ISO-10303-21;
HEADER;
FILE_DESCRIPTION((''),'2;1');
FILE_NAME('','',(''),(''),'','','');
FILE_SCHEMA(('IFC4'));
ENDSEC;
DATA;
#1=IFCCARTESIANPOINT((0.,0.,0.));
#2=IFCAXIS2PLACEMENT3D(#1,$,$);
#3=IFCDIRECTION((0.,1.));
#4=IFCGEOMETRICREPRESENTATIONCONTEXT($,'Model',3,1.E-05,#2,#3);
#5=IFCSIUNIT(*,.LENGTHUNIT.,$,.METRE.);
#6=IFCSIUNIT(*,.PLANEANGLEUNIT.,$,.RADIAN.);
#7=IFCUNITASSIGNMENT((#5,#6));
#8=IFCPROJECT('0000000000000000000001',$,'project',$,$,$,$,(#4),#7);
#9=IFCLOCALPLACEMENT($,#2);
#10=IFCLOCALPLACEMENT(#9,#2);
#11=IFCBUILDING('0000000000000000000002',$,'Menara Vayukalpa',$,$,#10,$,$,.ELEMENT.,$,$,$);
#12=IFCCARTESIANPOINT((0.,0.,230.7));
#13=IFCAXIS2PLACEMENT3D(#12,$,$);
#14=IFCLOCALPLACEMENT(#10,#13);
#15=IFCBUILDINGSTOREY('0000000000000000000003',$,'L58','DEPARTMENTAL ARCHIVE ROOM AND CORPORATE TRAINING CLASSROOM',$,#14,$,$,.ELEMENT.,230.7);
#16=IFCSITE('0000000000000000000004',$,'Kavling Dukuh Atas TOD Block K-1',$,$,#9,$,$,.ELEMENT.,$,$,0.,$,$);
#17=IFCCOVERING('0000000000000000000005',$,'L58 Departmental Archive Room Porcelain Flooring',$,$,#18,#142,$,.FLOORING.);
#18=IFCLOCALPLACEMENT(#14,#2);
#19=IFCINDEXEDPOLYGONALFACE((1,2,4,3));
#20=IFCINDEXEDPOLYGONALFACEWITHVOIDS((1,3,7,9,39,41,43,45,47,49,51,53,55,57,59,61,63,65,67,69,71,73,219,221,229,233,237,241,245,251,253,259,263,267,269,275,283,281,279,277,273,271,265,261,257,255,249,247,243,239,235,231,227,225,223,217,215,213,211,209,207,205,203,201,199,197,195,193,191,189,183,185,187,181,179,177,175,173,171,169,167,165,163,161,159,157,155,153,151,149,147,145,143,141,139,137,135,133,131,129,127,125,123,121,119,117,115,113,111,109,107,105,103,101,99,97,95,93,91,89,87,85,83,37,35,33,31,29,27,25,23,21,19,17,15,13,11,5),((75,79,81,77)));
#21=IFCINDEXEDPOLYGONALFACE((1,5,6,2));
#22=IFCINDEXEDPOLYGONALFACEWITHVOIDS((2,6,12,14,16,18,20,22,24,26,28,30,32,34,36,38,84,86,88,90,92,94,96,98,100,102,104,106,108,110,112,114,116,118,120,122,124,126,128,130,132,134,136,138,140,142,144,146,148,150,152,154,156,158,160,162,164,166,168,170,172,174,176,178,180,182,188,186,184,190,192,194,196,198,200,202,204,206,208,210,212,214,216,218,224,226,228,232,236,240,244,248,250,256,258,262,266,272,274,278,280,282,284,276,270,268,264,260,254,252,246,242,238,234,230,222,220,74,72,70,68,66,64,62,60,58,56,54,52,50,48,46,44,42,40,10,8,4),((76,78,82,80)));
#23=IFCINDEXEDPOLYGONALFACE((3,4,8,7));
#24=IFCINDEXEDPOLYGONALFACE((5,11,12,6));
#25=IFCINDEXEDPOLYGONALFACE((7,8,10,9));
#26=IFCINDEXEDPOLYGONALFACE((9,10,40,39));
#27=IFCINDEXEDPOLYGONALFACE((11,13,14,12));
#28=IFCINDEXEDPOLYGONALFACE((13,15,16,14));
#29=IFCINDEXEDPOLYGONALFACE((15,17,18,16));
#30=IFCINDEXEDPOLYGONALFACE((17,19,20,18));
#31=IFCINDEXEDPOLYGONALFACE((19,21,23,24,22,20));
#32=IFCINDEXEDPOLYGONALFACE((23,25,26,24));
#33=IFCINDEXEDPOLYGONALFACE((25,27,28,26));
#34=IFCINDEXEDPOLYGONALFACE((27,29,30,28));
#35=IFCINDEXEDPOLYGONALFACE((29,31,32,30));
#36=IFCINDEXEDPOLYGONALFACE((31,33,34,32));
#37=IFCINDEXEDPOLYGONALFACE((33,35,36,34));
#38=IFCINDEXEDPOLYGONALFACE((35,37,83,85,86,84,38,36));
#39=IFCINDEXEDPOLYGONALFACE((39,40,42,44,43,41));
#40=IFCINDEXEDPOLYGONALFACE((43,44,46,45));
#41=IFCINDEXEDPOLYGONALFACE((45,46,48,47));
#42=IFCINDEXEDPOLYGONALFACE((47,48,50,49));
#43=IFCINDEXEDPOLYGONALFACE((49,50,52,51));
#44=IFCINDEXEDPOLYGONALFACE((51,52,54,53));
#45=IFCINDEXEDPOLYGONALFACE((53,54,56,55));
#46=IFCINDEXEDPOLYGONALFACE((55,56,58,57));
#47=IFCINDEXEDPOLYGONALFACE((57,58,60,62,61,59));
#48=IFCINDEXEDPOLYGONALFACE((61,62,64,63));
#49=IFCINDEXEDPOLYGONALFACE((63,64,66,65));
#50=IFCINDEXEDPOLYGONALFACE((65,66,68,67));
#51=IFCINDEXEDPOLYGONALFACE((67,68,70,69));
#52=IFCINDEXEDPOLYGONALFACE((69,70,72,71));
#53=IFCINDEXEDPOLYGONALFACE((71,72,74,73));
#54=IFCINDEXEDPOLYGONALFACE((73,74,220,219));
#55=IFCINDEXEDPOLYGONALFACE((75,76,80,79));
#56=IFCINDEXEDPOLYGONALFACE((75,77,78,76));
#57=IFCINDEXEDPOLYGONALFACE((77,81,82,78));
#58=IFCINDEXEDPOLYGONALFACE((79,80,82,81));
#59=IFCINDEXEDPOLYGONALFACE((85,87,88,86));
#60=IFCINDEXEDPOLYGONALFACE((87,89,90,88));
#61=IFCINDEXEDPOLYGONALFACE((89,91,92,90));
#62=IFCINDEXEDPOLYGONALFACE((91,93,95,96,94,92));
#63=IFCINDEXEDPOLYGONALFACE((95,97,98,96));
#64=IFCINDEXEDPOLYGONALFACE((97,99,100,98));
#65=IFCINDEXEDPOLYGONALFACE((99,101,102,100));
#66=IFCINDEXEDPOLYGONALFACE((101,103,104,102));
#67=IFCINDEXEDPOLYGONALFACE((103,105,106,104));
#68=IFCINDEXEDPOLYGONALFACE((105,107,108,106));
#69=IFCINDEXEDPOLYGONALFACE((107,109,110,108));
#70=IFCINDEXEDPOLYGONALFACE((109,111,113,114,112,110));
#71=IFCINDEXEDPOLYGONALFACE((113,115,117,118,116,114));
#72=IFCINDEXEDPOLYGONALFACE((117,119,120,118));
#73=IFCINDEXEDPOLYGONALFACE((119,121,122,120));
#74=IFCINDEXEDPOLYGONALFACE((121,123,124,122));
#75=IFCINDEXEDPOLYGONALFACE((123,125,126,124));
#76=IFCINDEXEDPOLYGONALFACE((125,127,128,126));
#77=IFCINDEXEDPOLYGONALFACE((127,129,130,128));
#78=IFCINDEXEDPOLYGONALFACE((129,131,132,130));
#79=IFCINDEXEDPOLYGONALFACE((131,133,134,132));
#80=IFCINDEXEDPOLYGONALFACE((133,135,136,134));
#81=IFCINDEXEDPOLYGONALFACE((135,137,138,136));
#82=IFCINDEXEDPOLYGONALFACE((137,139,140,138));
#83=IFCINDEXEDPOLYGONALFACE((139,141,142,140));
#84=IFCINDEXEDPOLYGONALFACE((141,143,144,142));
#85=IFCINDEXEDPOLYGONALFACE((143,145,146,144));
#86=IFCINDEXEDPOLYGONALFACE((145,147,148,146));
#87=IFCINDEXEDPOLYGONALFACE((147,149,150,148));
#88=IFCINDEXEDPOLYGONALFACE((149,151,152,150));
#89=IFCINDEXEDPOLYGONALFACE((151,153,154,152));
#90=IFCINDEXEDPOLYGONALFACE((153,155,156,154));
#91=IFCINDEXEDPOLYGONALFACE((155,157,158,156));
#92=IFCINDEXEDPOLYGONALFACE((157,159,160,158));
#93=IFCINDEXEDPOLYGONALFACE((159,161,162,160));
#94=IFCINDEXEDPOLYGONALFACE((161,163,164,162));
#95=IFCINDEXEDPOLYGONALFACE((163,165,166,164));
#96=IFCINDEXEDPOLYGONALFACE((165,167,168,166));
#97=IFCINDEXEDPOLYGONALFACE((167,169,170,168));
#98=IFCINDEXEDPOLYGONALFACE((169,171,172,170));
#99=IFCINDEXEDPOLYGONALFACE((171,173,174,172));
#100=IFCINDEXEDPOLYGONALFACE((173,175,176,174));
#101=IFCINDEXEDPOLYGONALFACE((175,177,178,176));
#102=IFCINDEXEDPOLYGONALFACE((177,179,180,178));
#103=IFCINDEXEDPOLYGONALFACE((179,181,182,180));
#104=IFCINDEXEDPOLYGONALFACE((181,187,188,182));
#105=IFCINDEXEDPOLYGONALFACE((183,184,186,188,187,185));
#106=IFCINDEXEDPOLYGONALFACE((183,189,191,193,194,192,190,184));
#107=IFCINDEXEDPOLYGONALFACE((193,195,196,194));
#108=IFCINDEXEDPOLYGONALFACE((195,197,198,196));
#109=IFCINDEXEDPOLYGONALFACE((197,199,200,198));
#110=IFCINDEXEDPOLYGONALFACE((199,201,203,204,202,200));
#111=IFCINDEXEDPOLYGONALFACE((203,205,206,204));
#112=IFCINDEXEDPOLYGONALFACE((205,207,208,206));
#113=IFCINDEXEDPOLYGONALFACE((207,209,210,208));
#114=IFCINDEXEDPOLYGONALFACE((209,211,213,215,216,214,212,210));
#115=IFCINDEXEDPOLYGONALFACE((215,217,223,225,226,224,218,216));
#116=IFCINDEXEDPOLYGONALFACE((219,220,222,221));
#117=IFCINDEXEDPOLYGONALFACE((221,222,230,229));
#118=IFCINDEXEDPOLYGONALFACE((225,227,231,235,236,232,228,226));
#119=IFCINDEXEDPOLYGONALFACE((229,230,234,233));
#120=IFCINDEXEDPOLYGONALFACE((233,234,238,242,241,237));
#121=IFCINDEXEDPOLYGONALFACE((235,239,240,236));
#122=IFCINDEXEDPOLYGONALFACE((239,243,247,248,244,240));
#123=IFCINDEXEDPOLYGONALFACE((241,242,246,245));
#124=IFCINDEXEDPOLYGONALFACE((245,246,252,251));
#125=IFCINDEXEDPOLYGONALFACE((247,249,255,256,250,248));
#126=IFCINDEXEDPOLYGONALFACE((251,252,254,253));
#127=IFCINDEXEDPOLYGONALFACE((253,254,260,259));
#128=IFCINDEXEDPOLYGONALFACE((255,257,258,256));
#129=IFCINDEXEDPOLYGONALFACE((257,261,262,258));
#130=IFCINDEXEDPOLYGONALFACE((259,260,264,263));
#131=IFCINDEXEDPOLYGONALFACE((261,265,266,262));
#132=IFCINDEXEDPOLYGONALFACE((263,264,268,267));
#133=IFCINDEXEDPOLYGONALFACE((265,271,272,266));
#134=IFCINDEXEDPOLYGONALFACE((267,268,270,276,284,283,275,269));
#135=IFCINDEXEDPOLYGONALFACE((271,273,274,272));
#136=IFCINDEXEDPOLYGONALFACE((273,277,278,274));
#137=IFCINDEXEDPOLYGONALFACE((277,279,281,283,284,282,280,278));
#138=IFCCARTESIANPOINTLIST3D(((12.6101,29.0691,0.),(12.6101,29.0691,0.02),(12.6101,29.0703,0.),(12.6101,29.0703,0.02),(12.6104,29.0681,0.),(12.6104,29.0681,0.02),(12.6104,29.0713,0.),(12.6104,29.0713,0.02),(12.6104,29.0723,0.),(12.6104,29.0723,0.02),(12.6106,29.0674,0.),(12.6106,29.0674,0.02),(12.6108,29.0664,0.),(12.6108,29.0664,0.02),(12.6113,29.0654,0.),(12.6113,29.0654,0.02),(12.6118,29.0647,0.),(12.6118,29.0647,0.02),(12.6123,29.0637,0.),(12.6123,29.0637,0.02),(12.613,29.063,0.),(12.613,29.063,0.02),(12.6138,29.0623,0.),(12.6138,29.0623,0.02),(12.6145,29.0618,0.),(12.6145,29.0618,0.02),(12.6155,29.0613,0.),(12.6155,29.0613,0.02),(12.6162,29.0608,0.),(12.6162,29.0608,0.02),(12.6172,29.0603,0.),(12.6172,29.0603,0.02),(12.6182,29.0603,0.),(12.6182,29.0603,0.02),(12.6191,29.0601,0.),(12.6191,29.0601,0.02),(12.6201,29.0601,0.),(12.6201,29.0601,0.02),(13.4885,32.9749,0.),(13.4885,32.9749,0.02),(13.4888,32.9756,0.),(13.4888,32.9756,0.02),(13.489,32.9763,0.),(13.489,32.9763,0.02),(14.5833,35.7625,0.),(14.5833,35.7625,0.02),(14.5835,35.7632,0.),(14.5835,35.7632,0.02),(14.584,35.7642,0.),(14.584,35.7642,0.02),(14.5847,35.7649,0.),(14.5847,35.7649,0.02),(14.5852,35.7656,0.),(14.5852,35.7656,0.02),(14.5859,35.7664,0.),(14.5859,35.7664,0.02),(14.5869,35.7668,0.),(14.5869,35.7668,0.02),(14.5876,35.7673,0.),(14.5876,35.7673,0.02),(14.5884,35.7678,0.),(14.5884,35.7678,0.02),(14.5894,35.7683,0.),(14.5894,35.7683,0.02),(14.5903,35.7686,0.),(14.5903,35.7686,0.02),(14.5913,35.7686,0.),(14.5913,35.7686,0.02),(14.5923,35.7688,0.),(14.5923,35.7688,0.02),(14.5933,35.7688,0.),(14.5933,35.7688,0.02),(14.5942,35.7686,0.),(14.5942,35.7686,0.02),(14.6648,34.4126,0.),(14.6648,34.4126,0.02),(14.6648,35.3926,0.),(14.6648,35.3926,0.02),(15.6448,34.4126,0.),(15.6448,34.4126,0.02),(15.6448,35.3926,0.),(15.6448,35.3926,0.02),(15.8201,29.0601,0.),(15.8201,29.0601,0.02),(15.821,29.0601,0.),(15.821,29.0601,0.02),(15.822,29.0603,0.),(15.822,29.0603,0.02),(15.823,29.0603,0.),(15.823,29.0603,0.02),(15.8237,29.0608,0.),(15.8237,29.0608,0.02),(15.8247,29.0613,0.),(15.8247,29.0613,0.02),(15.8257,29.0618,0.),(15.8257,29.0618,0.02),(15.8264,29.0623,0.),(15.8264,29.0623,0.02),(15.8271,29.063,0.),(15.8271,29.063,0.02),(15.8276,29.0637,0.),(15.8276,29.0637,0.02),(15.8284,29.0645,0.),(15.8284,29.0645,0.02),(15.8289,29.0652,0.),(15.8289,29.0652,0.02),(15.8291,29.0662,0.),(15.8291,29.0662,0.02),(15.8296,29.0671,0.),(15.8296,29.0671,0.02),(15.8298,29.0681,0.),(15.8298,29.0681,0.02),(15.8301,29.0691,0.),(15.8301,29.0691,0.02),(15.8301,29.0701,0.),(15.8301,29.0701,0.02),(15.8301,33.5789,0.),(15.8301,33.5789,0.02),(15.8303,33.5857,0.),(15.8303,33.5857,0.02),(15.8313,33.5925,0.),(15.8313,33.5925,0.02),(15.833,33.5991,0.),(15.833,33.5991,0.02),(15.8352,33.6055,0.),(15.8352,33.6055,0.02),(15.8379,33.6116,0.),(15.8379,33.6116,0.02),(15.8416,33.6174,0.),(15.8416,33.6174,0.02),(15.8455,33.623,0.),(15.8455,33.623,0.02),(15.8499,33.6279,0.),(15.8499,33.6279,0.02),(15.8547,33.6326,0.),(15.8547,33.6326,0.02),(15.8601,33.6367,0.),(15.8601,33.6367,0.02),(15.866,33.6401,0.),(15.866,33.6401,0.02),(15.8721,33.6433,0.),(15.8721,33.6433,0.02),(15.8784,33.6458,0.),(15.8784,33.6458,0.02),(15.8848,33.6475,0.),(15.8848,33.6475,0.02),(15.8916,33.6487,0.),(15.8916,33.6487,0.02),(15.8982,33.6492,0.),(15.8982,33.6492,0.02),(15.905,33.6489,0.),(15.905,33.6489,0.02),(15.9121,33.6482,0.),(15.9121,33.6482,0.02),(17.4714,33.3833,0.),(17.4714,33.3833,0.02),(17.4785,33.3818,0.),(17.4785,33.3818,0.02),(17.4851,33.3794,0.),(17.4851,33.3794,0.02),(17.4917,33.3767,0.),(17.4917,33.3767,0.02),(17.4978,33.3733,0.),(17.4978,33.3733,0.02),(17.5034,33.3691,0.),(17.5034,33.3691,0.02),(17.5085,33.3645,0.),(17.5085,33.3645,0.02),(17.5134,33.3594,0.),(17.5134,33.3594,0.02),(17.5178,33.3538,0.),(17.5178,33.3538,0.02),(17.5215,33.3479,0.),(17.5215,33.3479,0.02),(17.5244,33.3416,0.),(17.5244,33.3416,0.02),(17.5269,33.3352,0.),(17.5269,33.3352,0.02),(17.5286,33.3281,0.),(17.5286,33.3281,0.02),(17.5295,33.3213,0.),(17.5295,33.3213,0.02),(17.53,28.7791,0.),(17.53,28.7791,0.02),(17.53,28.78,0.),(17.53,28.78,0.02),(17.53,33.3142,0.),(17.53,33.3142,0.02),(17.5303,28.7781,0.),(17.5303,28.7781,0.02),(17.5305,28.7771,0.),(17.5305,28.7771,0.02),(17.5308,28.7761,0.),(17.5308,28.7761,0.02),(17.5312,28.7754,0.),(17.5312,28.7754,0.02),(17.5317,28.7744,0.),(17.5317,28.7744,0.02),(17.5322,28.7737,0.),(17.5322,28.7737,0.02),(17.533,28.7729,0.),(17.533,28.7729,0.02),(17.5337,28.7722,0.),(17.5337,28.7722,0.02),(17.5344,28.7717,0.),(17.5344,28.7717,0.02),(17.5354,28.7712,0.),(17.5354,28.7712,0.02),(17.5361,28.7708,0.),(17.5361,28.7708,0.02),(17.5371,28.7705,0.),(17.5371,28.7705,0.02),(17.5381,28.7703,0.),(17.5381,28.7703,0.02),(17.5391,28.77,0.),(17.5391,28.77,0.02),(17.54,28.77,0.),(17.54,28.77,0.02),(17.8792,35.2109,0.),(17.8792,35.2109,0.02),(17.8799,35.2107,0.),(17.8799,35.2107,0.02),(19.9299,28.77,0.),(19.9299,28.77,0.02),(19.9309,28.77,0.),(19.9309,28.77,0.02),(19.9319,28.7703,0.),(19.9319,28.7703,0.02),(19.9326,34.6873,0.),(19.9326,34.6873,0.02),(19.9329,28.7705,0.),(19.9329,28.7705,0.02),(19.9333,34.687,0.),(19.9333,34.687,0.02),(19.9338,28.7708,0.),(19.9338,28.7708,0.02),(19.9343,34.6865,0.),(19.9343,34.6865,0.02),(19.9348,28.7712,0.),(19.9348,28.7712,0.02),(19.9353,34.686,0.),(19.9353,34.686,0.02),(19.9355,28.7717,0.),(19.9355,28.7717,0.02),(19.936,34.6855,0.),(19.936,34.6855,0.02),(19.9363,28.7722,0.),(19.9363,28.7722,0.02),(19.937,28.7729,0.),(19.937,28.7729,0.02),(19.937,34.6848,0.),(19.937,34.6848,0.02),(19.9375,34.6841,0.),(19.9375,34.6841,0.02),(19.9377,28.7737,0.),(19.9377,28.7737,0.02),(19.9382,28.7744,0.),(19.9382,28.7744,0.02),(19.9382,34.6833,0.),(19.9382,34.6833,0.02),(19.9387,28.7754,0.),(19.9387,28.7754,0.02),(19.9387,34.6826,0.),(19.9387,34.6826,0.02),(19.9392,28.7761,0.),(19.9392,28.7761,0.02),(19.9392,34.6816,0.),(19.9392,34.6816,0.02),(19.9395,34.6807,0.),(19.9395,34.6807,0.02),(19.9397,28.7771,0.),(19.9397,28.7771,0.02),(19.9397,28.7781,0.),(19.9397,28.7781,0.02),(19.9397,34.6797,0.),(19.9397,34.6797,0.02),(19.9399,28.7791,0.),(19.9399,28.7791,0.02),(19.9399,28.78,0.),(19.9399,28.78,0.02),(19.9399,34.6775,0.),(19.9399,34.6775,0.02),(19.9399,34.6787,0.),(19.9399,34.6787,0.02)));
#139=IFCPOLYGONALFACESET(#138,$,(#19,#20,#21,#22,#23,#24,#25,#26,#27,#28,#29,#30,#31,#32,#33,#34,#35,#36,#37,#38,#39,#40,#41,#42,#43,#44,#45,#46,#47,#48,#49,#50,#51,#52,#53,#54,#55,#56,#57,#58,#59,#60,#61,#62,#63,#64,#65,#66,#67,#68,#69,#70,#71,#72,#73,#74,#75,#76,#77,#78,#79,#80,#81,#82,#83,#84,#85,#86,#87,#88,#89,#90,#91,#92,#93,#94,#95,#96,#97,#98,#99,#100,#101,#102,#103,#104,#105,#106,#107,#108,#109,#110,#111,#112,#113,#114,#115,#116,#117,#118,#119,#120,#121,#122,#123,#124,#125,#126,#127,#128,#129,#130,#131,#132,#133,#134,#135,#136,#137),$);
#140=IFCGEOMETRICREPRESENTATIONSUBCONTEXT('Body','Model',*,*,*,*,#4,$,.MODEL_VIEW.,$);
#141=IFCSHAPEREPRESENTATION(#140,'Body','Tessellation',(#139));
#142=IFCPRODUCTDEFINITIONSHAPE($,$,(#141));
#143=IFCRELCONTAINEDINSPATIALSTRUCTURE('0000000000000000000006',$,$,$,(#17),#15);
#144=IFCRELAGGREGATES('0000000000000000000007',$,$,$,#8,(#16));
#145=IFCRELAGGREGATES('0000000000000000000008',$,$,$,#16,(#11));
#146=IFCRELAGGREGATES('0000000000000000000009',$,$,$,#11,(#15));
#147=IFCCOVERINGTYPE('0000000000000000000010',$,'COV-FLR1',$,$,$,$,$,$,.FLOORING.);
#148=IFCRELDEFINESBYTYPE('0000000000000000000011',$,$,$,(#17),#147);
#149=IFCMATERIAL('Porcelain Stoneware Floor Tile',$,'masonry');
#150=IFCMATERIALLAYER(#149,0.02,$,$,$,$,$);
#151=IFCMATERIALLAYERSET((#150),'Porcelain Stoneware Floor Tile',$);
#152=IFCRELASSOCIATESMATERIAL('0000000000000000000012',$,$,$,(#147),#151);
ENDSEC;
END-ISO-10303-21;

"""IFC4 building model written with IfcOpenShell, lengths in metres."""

from ifc_helpers import new_model, si_unit, direction, frame, origin, place, context, subcontext, project, spatial, polyline, outline, extrude, material, layer, layer_set, type_object, element, save


model = new_model("IFC4")

# Units and contexts
model_context = context("Model", 3, precision=1e-05, world=origin(), true_north=direction((0.0, 1.0)))
body_context = subcontext(model_context, "Body", "Model", "MODEL_VIEW")
ifc_project = project(units=[si_unit("LENGTHUNIT", "METRE"), si_unit("PLANEANGLEUNIT", "RADIAN")], contexts=[model_context])

# Site, building, storey
site_placement = place(None, origin())
site = spatial("IfcSite", under=ifc_project, at=site_placement, Name="Kavling Dukuh Atas TOD Block K-1", CompositionType="ELEMENT", RefElevation=0.0)
building_placement = place(site_placement, origin())
building = spatial("IfcBuilding", under=site, at=building_placement, Name="Menara Vayukalpa", CompositionType="ELEMENT")
storey_placement = place(building_placement, frame((0.0, 0.0, 230.7)))
storey = spatial("IfcBuildingStorey", under=building, at=storey_placement, Name="L58", Description="DEPARTMENTAL ARCHIVE ROOM AND CORPORATE TRAINING CLASSROOM", CompositionType="ELEMENT", Elevation=230.7)

# Covering
ifc_material_1 = material(Name="Porcelain Stoneware Floor Tile", Category="masonry")
ifc_layer_1 = layer(ifc_material_1, 0.02)
ifc_layer_set_1 = layer_set([ifc_layer_1], Name="Porcelain Stoneware Floor Tile")
covering_type_1 = type_object("IfcCoveringType", Name="COV-FLR1", PredefinedType="FLOORING", material=ifc_layer_set_1)
covering_1_placement = place(storey_placement, origin())
element("IfcCovering", 1, at=covering_1_placement, inside=storey, type_object=covering_type_1, Name="L58 Departmental Archive Room Porcelain Flooring", PredefinedType="FLOORING", context=body_context, shape_type="SweptSolid", body=[
    extrude(outline(polyline([(13.489, 32.9763), (14.5833, 35.7625), (14.5835, 35.7632), (14.584, 35.7642), (14.5847, 35.7649), (14.5852, 35.7656), (14.5859, 35.7664), (14.5869, 35.7668), (14.5876, 35.7673), (14.5884, 35.7678), (14.5894, 35.7683), (14.5903, 35.7686), (14.5913, 35.7686), (14.5923, 35.7688), (14.5933, 35.7688), (14.5942, 35.7686), (17.8792, 35.2109), (17.8799, 35.2107), (19.9326, 34.6873), (19.9333, 34.687), (19.9343, 34.6865), (19.9353, 34.686), (19.936, 34.6855), (19.937, 34.6848), (19.9375, 34.6841), (19.9382, 34.6833), (19.9387, 34.6826), (19.9392, 34.6816), (19.9395, 34.6807), (19.9397, 34.6797), (19.9399, 34.6787), (19.9399, 34.6775), (19.9399, 28.78), (19.9399, 28.7791), (19.9397, 28.7781), (19.9397, 28.7771), (19.9392, 28.7761), (19.9387, 28.7754), (19.9382, 28.7744), (19.9377, 28.7737), (19.937, 28.7729), (19.9363, 28.7722), (19.9355, 28.7717), (19.9348, 28.7712), (19.9338, 28.7708), (19.9329, 28.7705), (19.9319, 28.7703), (19.9309, 28.77), (19.9299, 28.77), (17.54, 28.77), (17.5391, 28.77), (17.5381, 28.7703), (17.5371, 28.7705), (17.5361, 28.7708), (17.5354, 28.7712), (17.5344, 28.7717), (17.5337, 28.7722), (17.533, 28.7729), (17.5322, 28.7737), (17.5317, 28.7744), (17.5312, 28.7754), (17.5308, 28.7761), (17.5305, 28.7771), (17.5303, 28.7781), (17.53, 28.7791), (17.53, 28.78), (17.53, 33.3142), (17.5295, 33.3213), (17.5286, 33.3281), (17.5269, 33.3352), (17.5244, 33.3416), (17.5215, 33.3479), (17.5178, 33.3538), (17.5134, 33.3594), (17.5085, 33.3645), (17.5034, 33.3691), (17.4978, 33.3733), (17.4917, 33.3767), (17.4851, 33.3794), (17.4785, 33.3818), (17.4714, 33.3833), (15.9121, 33.6482), (15.905, 33.6489), (15.8982, 33.6492), (15.8916, 33.6487), (15.8848, 33.6475), (15.8784, 33.6458), (15.8721, 33.6433), (15.866, 33.6401), (15.8601, 33.6367), (15.8547, 33.6326), (15.8499, 33.6279), (15.8455, 33.623), (15.8416, 33.6174), (15.8379, 33.6116), (15.8352, 33.6055), (15.833, 33.5991), (15.8313, 33.5925), (15.8303, 33.5857), (15.8301, 33.5789), (15.8301, 29.0701), (15.8301, 29.0691), (15.8298, 29.0681), (15.8296, 29.0671), (15.8291, 29.0662), (15.8289, 29.0652), (15.8284, 29.0645), (15.8276, 29.0637), (15.8271, 29.063), (15.8264, 29.0623), (15.8257, 29.0618), (15.8247, 29.0613), (15.8237, 29.0608), (15.823, 29.0603), (15.822, 29.0603), (15.821, 29.0601), (15.8201, 29.0601), (12.6201, 29.0601), (12.6191, 29.0601), (12.6182, 29.0603), (12.6172, 29.0603), (12.6162, 29.0608), (12.6155, 29.0613), (12.6145, 29.0618), (12.6138, 29.0623), (12.613, 29.063), (12.6123, 29.0637), (12.6118, 29.0647), (12.6113, 29.0654), (12.6108, 29.0664), (12.6106, 29.0674), (12.6104, 29.0681), (12.6101, 29.0691), (12.6101, 29.0703), (12.6104, 29.0713), (12.6104, 29.0723), (13.4885, 32.9749), (13.4888, 32.9756), (13.489, 32.9763)]), holes=[polyline([(15.6448, 35.3926), (14.6648, 35.3926), (14.6648, 34.4126), (15.6448, 34.4126), (15.6448, 35.3926)])]), origin(), (0.0, 0.0, 1.0), 0.02),
])

save(model, "model.ifc")
